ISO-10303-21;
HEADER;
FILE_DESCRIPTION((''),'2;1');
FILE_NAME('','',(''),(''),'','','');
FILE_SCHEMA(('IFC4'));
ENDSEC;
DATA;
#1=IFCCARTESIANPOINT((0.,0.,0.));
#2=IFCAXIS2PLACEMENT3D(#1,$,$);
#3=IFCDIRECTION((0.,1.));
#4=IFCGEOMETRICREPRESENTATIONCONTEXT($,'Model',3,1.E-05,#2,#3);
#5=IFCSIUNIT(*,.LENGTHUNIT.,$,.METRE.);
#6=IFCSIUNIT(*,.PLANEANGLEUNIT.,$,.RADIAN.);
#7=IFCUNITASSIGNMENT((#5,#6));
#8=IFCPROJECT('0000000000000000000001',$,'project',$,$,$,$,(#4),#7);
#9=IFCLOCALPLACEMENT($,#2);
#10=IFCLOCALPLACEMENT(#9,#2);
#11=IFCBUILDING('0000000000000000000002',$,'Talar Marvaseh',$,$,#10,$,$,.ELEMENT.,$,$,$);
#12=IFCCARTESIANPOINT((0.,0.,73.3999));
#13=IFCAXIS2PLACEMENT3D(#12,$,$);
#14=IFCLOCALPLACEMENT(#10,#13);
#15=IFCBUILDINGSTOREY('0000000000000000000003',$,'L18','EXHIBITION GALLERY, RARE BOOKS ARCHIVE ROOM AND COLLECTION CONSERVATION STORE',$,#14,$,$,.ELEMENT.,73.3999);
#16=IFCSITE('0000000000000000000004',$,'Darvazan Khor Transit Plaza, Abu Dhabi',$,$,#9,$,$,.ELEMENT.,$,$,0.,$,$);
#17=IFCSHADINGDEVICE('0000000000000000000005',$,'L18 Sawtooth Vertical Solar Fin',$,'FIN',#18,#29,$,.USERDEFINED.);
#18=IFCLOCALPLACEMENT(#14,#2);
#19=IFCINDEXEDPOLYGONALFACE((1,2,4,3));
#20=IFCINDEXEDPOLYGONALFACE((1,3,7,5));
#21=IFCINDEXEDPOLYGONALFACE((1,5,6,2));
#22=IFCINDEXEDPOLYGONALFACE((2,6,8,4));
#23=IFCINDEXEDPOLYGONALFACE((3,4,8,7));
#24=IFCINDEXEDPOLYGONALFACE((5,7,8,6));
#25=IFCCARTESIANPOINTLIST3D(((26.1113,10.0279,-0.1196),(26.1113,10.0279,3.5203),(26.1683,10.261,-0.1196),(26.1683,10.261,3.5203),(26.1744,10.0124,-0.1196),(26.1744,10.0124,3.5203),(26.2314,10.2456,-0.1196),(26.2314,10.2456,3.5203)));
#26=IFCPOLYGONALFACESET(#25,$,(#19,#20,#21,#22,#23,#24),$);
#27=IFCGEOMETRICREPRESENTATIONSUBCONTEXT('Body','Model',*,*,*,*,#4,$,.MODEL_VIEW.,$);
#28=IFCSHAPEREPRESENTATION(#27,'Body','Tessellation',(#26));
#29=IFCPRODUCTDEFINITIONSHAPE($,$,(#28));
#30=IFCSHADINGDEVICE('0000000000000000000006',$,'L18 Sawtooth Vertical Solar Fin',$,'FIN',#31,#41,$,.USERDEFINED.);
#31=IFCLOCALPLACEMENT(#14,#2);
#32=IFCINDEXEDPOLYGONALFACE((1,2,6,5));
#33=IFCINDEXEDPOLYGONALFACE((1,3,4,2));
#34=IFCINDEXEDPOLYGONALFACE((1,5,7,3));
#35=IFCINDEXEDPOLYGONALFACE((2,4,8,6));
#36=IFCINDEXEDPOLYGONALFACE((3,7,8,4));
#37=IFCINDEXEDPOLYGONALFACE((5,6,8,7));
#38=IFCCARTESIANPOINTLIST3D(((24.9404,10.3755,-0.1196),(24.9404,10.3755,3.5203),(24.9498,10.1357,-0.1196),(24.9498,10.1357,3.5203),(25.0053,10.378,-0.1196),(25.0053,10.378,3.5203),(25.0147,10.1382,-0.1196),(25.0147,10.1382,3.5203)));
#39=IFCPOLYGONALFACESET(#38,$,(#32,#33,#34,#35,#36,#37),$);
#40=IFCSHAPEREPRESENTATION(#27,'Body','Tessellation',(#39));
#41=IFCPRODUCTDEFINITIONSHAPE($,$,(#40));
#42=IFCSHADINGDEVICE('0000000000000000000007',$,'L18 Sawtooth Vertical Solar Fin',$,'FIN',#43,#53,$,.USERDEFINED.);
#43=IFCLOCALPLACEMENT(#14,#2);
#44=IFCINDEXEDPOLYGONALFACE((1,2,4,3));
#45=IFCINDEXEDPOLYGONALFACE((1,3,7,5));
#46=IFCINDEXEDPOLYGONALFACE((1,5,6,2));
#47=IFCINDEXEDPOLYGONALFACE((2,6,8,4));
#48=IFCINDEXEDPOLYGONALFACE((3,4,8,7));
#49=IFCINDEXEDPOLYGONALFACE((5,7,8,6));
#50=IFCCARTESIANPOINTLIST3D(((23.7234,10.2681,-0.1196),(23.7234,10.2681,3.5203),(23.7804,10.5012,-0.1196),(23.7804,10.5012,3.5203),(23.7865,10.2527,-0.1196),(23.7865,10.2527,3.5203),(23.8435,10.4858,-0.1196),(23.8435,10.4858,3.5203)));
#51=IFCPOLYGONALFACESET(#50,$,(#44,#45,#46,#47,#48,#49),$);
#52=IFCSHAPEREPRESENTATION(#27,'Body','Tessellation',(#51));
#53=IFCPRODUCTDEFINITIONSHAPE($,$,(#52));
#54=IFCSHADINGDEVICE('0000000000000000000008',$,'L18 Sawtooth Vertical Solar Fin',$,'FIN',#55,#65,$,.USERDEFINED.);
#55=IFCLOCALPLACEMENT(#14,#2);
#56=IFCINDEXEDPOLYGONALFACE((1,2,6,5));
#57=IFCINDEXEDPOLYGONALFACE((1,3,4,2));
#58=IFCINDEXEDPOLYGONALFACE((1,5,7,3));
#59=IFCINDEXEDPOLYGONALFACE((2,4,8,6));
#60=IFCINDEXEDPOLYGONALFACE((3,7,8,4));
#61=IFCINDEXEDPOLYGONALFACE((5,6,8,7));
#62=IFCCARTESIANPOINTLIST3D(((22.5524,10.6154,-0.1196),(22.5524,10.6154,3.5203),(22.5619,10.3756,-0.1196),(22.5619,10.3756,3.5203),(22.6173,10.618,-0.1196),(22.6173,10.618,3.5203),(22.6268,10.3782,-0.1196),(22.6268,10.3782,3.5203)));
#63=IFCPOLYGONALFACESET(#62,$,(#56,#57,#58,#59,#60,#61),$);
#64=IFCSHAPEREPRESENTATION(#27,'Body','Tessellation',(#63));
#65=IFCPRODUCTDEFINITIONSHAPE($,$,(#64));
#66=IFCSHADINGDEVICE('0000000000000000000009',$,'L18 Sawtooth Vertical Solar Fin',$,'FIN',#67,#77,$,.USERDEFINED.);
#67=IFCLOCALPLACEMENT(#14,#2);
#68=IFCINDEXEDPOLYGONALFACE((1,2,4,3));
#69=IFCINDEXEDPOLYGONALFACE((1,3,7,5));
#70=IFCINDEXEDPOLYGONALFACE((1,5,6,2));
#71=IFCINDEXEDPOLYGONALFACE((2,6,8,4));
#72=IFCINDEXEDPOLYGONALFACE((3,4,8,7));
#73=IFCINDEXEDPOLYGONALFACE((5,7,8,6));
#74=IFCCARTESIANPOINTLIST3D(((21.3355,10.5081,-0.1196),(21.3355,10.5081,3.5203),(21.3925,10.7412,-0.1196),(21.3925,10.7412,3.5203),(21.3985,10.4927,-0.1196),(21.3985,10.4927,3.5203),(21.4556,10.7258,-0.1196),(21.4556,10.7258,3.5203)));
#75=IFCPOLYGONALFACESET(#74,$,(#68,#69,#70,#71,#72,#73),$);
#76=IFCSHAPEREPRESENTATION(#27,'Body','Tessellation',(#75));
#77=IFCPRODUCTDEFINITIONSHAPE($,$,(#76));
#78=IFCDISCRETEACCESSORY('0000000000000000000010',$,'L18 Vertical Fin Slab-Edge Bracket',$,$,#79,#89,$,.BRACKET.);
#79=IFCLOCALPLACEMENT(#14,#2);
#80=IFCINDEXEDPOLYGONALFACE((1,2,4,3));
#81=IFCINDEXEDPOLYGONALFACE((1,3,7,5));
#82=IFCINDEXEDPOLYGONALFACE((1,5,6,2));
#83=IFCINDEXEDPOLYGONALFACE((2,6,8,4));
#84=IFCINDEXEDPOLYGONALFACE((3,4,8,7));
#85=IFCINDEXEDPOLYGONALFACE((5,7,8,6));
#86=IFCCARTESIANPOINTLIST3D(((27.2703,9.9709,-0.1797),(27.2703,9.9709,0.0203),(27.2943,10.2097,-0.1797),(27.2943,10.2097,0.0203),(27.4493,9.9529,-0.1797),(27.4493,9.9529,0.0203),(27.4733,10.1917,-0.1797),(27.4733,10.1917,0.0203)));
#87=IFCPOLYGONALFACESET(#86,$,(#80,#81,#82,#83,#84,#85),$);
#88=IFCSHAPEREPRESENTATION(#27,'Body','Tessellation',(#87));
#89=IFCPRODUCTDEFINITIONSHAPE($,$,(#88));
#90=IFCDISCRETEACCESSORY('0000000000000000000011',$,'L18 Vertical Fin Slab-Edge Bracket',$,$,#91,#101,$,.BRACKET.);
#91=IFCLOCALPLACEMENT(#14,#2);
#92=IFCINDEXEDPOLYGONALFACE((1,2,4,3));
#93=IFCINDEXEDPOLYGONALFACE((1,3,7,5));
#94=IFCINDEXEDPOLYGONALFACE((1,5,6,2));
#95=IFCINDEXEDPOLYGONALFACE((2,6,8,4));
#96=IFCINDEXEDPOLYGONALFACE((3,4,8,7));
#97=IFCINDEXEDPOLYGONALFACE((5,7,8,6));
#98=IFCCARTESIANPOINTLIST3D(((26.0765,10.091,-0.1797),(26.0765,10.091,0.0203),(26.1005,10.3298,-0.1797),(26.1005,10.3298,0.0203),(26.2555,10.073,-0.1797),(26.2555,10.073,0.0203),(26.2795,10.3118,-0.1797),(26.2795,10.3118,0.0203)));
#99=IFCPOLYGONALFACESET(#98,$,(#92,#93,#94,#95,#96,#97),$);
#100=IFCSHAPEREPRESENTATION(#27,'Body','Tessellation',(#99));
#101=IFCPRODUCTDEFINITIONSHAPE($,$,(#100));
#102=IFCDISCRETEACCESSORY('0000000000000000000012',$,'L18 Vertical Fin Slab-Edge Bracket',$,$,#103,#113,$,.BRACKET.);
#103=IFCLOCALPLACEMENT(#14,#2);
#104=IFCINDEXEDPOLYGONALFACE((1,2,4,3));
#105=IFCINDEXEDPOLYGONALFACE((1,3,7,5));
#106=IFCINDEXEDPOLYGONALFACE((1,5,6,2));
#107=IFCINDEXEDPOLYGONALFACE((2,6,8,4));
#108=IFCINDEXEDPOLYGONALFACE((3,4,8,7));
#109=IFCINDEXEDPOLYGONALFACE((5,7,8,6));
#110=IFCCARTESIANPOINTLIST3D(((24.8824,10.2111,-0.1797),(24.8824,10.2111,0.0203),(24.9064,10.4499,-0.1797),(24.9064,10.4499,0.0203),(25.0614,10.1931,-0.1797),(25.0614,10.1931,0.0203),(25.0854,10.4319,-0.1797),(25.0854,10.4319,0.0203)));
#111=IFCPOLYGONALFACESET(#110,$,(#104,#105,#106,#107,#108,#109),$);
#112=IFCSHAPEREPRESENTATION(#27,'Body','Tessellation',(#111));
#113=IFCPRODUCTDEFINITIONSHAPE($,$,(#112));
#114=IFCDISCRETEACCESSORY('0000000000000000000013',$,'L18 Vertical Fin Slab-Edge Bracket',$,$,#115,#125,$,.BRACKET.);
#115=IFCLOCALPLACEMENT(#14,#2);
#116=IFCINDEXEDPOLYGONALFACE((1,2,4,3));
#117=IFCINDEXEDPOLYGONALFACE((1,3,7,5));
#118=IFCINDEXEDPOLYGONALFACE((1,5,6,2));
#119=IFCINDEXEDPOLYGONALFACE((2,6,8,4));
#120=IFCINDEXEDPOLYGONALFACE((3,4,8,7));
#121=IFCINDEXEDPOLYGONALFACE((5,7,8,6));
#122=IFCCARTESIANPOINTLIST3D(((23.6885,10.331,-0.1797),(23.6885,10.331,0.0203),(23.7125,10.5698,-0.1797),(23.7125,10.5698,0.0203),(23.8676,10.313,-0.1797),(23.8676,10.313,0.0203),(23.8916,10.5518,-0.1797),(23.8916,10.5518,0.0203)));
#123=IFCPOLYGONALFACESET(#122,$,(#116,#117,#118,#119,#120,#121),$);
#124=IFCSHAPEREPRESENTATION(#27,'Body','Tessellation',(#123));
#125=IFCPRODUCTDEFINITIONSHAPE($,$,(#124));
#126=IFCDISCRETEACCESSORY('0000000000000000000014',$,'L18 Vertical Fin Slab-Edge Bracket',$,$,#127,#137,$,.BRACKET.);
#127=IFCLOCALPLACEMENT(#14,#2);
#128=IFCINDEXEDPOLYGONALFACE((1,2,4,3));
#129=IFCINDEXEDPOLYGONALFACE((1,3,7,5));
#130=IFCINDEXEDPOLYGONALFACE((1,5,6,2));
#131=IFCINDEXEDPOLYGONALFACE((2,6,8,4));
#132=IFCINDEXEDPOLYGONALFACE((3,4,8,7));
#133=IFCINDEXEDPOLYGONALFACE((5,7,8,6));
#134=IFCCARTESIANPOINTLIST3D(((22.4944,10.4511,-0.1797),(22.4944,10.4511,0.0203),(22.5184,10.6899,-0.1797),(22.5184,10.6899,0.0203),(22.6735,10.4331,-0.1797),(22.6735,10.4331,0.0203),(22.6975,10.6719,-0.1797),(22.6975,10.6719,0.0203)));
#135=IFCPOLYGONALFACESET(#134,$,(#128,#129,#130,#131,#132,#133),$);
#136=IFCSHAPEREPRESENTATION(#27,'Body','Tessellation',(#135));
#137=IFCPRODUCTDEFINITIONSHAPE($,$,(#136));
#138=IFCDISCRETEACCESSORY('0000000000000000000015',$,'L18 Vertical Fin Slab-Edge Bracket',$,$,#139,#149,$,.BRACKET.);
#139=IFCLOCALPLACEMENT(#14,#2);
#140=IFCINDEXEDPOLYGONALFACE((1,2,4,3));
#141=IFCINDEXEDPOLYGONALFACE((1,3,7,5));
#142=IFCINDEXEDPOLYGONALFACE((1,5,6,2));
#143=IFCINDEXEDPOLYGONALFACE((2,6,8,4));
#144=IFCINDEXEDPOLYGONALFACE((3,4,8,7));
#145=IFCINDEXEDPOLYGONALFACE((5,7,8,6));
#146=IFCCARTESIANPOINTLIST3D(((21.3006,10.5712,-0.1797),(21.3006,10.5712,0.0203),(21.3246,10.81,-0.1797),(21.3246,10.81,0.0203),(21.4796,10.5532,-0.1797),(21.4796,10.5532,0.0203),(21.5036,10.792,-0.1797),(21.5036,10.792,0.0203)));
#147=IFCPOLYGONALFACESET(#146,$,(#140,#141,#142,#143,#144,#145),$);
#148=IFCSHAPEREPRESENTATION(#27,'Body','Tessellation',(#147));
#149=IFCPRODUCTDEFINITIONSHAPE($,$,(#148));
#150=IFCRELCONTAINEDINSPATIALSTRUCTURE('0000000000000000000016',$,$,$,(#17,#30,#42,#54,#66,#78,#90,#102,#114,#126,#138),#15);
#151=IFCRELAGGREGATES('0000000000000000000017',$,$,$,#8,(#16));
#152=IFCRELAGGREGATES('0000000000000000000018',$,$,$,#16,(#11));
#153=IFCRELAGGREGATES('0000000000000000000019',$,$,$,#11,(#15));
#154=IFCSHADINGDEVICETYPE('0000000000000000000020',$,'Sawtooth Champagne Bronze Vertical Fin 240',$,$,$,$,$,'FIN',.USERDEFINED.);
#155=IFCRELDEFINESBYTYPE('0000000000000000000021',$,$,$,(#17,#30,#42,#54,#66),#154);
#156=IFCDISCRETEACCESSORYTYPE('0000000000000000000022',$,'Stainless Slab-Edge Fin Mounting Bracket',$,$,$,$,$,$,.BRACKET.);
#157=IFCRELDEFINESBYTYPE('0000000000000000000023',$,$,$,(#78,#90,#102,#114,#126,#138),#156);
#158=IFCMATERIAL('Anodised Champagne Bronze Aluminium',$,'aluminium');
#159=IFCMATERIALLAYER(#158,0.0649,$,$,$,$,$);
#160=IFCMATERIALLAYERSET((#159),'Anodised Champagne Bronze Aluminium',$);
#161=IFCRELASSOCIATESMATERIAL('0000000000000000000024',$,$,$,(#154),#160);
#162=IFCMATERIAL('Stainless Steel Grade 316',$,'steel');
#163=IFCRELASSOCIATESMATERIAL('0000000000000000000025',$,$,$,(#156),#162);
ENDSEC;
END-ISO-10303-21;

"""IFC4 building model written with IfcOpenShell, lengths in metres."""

from ifc_helpers import new_model, si_unit, direction, frame, origin, origin_2d, place, context, subcontext, project, spatial, rectangle, extrude, source, transform, mapped, material, layer, layer_set, type_object, type_shapes, element, save


model = new_model("IFC4")

# Units and contexts
model_context = context("Model", 3, precision=1e-05, world=origin(), true_north=direction((0.0, 1.0)))
body_context = subcontext(model_context, "Body", "Model", "MODEL_VIEW")
ifc_project = project(units=[si_unit("LENGTHUNIT", "METRE"), si_unit("PLANEANGLEUNIT", "RADIAN")], contexts=[model_context])

# Site, building, storey
site_placement = place(None, origin())
site = spatial("IfcSite", under=ifc_project, at=site_placement, Name="Darvazan Khor Transit Plaza, Abu Dhabi", CompositionType="ELEMENT", RefElevation=0.0)
building_placement = place(site_placement, origin())
building = spatial("IfcBuilding", under=site, at=building_placement, Name="Talar Marvaseh", CompositionType="ELEMENT")
storey_placement = place(building_placement, frame((0.0, 0.0, 73.3999)))
storey = spatial("IfcBuildingStorey", under=building, at=storey_placement, Name="L18", Description="EXHIBITION GALLERY, RARE BOOKS ARCHIVE ROOM AND COLLECTION CONSERVATION STORE", CompositionType="ELEMENT", Elevation=73.3999)

# Shading devices
ifc_material_1 = material(Name="Anodised Champagne Bronze Aluminium", Category="aluminium")
ifc_layer_1 = layer(ifc_material_1, 0.0649)
ifc_layer_set_1 = layer_set([ifc_layer_1], Name="Anodised Champagne Bronze Aluminium")
shading_device_type = type_object("IfcShadingDeviceType", Name="Sawtooth Champagne Bronze Vertical Fin 240", ElementType="FIN", PredefinedType="USERDEFINED", material=ifc_layer_set_1)
shared_shape_1 = source(origin(), body_context, "Body", "SweptSolid", [
    extrude(rectangle(XDim=0.24, YDim=0.0649, at=origin_2d()), origin(), (0.0, 0.0, 1.0), 3.6399),
])
type_shapes(shading_device_type, [shared_shape_1])
for number, where, z_axis, x_axis, name in (
    (1, (26.1714, 10.1367, -0.1196), (0.0, 0.0, 1.0), (-0.237516, -0.971384, 0.0), "L18 Sawtooth Vertical Solar Fin"),
    (2, (24.9775, 10.2568, -0.1196), (0.0, 0.0, 1.0), (0.039434, -0.999222, 0.0), "L18 Sawtooth Vertical Solar Fin"),
    (3, (23.7834, 10.377, -0.1196), (0.0, 0.0, 1.0), (-0.237516, -0.971384, 0.0), "L18 Sawtooth Vertical Solar Fin"),
    (4, (22.5896, 10.4968, -0.1196), (0.0, 0.0, 1.0), (0.039434, -0.999222, 0.0), "L18 Sawtooth Vertical Solar Fin"),
    (5, (21.3955, 10.6169, -0.1196), (0.0, 0.0, 1.0), (-0.237516, -0.971384, 0.0), "L18 Sawtooth Vertical Solar Fin"),
):
    element("IfcShadingDevice", number, at=place(storey_placement, frame(where, z_axis=z_axis, x_axis=x_axis)), inside=storey, type_object=shading_device_type, Name=name, ObjectType="FIN", PredefinedType="USERDEFINED", context=body_context, shape_type="MappedRepresentation", body=[
        mapped(shared_shape_1, transform((0.0, 0.0, 0.0), x_axis=(1.0, 0.0, 0.0), y_axis=(0.0, 1.0, 0.0), z_axis=(0.0, 0.0, 1.0), scale=1.0)),
    ])

# Discrete accessories
ifc_material_2 = material(Name="Stainless Steel Grade 316", Category="steel")
discrete_accessory_type = type_object("IfcDiscreteAccessoryType", Name="Stainless Slab-Edge Fin Mounting Bracket", PredefinedType="BRACKET", material=ifc_material_2)
shared_shape_2 = source(origin(), body_context, "Body", "SweptSolid", [
    extrude(rectangle(XDim=0.24, YDim=0.1799, at=origin_2d()), origin(), (0.0, 0.0, 1.0), 0.2),
])
type_shapes(discrete_accessory_type, [shared_shape_2])
for number, where, z_axis, x_axis, name in (
    (6, (27.3718, 10.0813, -0.1797), (0.0, 0.0, 1.0), (-0.100014, -0.994986, 0.0), "L18 Vertical Fin Slab-Edge Bracket"),
    (7, (26.178, 10.2014, -0.1797), (0.0, 0.0, 1.0), (-0.100014, -0.994986, 0.0), "L18 Vertical Fin Slab-Edge Bracket"),
    (8, (24.9839, 10.3215, -0.1797), (0.0, 0.0, 1.0), (-0.100014, -0.994986, 0.0), "L18 Vertical Fin Slab-Edge Bracket"),
    (9, (23.79, 10.4414, -0.1797), (0.0, 0.0, 1.0), (-0.100014, -0.994986, 0.0), "L18 Vertical Fin Slab-Edge Bracket"),
    (10, (22.5959, 10.5615, -0.1797), (0.0, 0.0, 1.0), (-0.100014, -0.994986, 0.0), "L18 Vertical Fin Slab-Edge Bracket"),
    (11, (21.4021, 10.6816, -0.1797), (0.0, 0.0, 1.0), (-0.100014, -0.994986, 0.0), "L18 Vertical Fin Slab-Edge Bracket"),
):
    element("IfcDiscreteAccessory", number, at=place(storey_placement, frame(where, z_axis=z_axis, x_axis=x_axis)), inside=storey, type_object=discrete_accessory_type, Name=name, PredefinedType="BRACKET", context=body_context, shape_type="MappedRepresentation", body=[
        mapped(shared_shape_2, transform((0.0, 0.0, 0.0), x_axis=(1.0, 0.0, 0.0), y_axis=(0.0, 1.0, 0.0), z_axis=(0.0, 0.0, 1.0), scale=1.0)),
    ])

save(model, "model.ifc")
